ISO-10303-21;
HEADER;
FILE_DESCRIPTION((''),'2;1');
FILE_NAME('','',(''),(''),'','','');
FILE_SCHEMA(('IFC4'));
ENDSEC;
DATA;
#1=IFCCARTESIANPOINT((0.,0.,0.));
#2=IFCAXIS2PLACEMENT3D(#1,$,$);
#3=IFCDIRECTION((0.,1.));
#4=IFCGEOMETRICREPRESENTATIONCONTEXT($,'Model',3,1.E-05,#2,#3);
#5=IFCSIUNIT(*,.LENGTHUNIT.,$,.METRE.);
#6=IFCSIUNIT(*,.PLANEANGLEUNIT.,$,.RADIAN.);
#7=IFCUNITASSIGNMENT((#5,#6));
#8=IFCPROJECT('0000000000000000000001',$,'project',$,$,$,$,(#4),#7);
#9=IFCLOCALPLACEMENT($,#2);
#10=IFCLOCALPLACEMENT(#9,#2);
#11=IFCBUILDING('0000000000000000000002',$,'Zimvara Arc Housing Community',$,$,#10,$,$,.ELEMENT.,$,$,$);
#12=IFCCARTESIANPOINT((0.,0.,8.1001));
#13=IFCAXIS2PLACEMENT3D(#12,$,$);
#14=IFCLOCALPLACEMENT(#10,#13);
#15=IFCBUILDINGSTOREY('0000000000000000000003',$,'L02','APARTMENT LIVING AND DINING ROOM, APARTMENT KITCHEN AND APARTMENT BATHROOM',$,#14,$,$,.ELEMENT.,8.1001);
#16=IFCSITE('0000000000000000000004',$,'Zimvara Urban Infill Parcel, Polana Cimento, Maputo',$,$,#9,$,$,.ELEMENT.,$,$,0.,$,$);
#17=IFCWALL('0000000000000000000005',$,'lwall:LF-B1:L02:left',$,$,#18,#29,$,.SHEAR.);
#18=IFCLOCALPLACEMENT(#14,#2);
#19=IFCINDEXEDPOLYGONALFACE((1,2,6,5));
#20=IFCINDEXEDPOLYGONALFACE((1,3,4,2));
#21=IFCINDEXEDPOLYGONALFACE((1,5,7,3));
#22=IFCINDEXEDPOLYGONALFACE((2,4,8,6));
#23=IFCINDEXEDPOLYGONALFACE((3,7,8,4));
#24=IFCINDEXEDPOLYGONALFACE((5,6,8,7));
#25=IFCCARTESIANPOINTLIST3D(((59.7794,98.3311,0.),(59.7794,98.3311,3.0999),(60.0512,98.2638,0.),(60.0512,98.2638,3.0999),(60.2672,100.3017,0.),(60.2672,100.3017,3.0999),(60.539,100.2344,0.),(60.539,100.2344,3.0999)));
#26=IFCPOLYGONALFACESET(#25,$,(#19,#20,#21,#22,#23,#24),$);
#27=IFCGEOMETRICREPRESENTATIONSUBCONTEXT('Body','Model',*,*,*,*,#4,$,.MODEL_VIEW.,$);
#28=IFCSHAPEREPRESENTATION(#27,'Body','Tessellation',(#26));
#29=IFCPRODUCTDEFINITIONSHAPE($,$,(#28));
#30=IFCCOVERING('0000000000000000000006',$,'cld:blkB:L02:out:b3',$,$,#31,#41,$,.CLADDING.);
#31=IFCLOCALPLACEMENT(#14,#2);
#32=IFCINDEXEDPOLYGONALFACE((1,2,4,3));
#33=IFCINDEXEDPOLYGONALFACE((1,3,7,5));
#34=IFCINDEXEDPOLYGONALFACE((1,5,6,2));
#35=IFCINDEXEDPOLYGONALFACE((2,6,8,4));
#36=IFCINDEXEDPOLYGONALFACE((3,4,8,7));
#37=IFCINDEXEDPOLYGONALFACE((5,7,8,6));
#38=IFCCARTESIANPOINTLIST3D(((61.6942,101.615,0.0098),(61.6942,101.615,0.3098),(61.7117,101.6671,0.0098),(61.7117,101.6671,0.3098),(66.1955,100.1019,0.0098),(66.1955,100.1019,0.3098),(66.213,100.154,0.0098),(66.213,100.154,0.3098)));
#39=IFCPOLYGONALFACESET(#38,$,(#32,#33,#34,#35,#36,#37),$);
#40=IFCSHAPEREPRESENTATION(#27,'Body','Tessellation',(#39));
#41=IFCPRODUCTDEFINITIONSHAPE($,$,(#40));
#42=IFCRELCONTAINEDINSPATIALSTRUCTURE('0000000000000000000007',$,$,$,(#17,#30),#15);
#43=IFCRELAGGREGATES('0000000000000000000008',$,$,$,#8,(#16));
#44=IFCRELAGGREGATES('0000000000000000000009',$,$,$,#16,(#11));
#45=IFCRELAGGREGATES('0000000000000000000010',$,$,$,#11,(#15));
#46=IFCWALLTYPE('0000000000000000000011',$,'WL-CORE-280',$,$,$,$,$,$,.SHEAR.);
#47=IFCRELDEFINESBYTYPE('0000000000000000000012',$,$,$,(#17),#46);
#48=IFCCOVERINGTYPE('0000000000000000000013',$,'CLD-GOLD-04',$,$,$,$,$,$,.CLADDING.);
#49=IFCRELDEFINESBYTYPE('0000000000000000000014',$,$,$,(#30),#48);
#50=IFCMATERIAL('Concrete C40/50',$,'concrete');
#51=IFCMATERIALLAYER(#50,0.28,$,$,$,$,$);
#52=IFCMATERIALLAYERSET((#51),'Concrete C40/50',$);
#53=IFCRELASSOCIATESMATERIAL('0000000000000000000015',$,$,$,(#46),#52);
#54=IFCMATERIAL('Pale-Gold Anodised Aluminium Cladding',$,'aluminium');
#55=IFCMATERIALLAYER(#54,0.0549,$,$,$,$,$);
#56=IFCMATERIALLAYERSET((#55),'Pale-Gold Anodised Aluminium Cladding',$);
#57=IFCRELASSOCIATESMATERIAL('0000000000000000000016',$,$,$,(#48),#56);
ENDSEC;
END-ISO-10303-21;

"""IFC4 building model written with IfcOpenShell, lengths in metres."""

from ifc_helpers import new_model, si_unit, direction, frame, frame_2d, origin, origin_2d, place, context, subcontext, project, spatial, rectangle, extrude, material, layer, layer_set, type_object, element, save


model = new_model("IFC4")

# Units and contexts
model_context = context("Model", 3, precision=1e-05, world=origin(), true_north=direction((0.0, 1.0)))
body_context = subcontext(model_context, "Body", "Model", "MODEL_VIEW")
ifc_project = project(units=[si_unit("LENGTHUNIT", "METRE"), si_unit("PLANEANGLEUNIT", "RADIAN")], contexts=[model_context])

# Site, building, storey
site_placement = place(None, origin())
site = spatial("IfcSite", under=ifc_project, at=site_placement, Name="Zimvara Urban Infill Parcel, Polana Cimento, Maputo", CompositionType="ELEMENT", RefElevation=0.0)
building_placement = place(site_placement, origin())
building = spatial("IfcBuilding", under=site, at=building_placement, Name="Zimvara Arc Housing Community", CompositionType="ELEMENT")
storey_placement = place(building_placement, frame((0.0, 0.0, 8.1001)))
storey = spatial("IfcBuildingStorey", under=building, at=storey_placement, Name="L02", Description="APARTMENT LIVING AND DINING ROOM, APARTMENT KITCHEN AND APARTMENT BATHROOM", CompositionType="ELEMENT", Elevation=8.1001)

# Shared definitions
ifc_material_1 = material(Name="Concrete C40/50", Category="concrete")
ifc_layer_1 = layer(ifc_material_1, 0.28)
ifc_layer_set_1 = layer_set([ifc_layer_1], Name="Concrete C40/50")
wall_type_1 = type_object("IfcWallType", Name="WL-CORE-280", PredefinedType="SHEAR", material=ifc_layer_set_1)

# Wall
wall_1_placement = place(storey_placement, frame((59.9153, 98.2974, 0.0), z_axis=(0.0, 0.0, 1.0), x_axis=(0.240299, 0.970699, 0.0)))
element("IfcWall", 1, at=wall_1_placement, inside=storey, type_object=wall_type_1, Name="lwall:LF-B1:L02:left", PredefinedType="SHEAR", context=body_context, shape_type="SweptSolid", body=[
    extrude(rectangle(XDim=2.03, YDim=0.28, at=frame_2d((1.0151, 0.0))), origin(), (0.0, 0.0, 1.0), 3.0999),
])

# Covering
ifc_material_2 = material(Name="Pale-Gold Anodised Aluminium Cladding", Category="aluminium")
ifc_layer_2 = layer(ifc_material_2, 0.0549)
ifc_layer_set_2 = layer_set([ifc_layer_2], Name="Pale-Gold Anodised Aluminium Cladding")
covering_type = type_object("IfcCoveringType", Name="CLD-GOLD-04", PredefinedType="CLADDING", material=ifc_layer_set_2)
covering_placement = place(storey_placement, frame((63.9536, 100.8845, 0.0098), z_axis=(0.0, 0.0, 1.0), x_axis=(0.94788, -0.318628, 0.0)))
element("IfcCovering", 2, at=covering_placement, inside=storey, type_object=covering_type, Name="cld:blkB:L02:out:b3", PredefinedType="CLADDING", context=body_context, shape_type="SweptSolid", body=[
    extrude(rectangle(XDim=4.7488, YDim=0.0549, at=origin_2d()), origin(), (0.0, 0.0, 1.0), 0.3),
])

save(model, "model.ifc")
